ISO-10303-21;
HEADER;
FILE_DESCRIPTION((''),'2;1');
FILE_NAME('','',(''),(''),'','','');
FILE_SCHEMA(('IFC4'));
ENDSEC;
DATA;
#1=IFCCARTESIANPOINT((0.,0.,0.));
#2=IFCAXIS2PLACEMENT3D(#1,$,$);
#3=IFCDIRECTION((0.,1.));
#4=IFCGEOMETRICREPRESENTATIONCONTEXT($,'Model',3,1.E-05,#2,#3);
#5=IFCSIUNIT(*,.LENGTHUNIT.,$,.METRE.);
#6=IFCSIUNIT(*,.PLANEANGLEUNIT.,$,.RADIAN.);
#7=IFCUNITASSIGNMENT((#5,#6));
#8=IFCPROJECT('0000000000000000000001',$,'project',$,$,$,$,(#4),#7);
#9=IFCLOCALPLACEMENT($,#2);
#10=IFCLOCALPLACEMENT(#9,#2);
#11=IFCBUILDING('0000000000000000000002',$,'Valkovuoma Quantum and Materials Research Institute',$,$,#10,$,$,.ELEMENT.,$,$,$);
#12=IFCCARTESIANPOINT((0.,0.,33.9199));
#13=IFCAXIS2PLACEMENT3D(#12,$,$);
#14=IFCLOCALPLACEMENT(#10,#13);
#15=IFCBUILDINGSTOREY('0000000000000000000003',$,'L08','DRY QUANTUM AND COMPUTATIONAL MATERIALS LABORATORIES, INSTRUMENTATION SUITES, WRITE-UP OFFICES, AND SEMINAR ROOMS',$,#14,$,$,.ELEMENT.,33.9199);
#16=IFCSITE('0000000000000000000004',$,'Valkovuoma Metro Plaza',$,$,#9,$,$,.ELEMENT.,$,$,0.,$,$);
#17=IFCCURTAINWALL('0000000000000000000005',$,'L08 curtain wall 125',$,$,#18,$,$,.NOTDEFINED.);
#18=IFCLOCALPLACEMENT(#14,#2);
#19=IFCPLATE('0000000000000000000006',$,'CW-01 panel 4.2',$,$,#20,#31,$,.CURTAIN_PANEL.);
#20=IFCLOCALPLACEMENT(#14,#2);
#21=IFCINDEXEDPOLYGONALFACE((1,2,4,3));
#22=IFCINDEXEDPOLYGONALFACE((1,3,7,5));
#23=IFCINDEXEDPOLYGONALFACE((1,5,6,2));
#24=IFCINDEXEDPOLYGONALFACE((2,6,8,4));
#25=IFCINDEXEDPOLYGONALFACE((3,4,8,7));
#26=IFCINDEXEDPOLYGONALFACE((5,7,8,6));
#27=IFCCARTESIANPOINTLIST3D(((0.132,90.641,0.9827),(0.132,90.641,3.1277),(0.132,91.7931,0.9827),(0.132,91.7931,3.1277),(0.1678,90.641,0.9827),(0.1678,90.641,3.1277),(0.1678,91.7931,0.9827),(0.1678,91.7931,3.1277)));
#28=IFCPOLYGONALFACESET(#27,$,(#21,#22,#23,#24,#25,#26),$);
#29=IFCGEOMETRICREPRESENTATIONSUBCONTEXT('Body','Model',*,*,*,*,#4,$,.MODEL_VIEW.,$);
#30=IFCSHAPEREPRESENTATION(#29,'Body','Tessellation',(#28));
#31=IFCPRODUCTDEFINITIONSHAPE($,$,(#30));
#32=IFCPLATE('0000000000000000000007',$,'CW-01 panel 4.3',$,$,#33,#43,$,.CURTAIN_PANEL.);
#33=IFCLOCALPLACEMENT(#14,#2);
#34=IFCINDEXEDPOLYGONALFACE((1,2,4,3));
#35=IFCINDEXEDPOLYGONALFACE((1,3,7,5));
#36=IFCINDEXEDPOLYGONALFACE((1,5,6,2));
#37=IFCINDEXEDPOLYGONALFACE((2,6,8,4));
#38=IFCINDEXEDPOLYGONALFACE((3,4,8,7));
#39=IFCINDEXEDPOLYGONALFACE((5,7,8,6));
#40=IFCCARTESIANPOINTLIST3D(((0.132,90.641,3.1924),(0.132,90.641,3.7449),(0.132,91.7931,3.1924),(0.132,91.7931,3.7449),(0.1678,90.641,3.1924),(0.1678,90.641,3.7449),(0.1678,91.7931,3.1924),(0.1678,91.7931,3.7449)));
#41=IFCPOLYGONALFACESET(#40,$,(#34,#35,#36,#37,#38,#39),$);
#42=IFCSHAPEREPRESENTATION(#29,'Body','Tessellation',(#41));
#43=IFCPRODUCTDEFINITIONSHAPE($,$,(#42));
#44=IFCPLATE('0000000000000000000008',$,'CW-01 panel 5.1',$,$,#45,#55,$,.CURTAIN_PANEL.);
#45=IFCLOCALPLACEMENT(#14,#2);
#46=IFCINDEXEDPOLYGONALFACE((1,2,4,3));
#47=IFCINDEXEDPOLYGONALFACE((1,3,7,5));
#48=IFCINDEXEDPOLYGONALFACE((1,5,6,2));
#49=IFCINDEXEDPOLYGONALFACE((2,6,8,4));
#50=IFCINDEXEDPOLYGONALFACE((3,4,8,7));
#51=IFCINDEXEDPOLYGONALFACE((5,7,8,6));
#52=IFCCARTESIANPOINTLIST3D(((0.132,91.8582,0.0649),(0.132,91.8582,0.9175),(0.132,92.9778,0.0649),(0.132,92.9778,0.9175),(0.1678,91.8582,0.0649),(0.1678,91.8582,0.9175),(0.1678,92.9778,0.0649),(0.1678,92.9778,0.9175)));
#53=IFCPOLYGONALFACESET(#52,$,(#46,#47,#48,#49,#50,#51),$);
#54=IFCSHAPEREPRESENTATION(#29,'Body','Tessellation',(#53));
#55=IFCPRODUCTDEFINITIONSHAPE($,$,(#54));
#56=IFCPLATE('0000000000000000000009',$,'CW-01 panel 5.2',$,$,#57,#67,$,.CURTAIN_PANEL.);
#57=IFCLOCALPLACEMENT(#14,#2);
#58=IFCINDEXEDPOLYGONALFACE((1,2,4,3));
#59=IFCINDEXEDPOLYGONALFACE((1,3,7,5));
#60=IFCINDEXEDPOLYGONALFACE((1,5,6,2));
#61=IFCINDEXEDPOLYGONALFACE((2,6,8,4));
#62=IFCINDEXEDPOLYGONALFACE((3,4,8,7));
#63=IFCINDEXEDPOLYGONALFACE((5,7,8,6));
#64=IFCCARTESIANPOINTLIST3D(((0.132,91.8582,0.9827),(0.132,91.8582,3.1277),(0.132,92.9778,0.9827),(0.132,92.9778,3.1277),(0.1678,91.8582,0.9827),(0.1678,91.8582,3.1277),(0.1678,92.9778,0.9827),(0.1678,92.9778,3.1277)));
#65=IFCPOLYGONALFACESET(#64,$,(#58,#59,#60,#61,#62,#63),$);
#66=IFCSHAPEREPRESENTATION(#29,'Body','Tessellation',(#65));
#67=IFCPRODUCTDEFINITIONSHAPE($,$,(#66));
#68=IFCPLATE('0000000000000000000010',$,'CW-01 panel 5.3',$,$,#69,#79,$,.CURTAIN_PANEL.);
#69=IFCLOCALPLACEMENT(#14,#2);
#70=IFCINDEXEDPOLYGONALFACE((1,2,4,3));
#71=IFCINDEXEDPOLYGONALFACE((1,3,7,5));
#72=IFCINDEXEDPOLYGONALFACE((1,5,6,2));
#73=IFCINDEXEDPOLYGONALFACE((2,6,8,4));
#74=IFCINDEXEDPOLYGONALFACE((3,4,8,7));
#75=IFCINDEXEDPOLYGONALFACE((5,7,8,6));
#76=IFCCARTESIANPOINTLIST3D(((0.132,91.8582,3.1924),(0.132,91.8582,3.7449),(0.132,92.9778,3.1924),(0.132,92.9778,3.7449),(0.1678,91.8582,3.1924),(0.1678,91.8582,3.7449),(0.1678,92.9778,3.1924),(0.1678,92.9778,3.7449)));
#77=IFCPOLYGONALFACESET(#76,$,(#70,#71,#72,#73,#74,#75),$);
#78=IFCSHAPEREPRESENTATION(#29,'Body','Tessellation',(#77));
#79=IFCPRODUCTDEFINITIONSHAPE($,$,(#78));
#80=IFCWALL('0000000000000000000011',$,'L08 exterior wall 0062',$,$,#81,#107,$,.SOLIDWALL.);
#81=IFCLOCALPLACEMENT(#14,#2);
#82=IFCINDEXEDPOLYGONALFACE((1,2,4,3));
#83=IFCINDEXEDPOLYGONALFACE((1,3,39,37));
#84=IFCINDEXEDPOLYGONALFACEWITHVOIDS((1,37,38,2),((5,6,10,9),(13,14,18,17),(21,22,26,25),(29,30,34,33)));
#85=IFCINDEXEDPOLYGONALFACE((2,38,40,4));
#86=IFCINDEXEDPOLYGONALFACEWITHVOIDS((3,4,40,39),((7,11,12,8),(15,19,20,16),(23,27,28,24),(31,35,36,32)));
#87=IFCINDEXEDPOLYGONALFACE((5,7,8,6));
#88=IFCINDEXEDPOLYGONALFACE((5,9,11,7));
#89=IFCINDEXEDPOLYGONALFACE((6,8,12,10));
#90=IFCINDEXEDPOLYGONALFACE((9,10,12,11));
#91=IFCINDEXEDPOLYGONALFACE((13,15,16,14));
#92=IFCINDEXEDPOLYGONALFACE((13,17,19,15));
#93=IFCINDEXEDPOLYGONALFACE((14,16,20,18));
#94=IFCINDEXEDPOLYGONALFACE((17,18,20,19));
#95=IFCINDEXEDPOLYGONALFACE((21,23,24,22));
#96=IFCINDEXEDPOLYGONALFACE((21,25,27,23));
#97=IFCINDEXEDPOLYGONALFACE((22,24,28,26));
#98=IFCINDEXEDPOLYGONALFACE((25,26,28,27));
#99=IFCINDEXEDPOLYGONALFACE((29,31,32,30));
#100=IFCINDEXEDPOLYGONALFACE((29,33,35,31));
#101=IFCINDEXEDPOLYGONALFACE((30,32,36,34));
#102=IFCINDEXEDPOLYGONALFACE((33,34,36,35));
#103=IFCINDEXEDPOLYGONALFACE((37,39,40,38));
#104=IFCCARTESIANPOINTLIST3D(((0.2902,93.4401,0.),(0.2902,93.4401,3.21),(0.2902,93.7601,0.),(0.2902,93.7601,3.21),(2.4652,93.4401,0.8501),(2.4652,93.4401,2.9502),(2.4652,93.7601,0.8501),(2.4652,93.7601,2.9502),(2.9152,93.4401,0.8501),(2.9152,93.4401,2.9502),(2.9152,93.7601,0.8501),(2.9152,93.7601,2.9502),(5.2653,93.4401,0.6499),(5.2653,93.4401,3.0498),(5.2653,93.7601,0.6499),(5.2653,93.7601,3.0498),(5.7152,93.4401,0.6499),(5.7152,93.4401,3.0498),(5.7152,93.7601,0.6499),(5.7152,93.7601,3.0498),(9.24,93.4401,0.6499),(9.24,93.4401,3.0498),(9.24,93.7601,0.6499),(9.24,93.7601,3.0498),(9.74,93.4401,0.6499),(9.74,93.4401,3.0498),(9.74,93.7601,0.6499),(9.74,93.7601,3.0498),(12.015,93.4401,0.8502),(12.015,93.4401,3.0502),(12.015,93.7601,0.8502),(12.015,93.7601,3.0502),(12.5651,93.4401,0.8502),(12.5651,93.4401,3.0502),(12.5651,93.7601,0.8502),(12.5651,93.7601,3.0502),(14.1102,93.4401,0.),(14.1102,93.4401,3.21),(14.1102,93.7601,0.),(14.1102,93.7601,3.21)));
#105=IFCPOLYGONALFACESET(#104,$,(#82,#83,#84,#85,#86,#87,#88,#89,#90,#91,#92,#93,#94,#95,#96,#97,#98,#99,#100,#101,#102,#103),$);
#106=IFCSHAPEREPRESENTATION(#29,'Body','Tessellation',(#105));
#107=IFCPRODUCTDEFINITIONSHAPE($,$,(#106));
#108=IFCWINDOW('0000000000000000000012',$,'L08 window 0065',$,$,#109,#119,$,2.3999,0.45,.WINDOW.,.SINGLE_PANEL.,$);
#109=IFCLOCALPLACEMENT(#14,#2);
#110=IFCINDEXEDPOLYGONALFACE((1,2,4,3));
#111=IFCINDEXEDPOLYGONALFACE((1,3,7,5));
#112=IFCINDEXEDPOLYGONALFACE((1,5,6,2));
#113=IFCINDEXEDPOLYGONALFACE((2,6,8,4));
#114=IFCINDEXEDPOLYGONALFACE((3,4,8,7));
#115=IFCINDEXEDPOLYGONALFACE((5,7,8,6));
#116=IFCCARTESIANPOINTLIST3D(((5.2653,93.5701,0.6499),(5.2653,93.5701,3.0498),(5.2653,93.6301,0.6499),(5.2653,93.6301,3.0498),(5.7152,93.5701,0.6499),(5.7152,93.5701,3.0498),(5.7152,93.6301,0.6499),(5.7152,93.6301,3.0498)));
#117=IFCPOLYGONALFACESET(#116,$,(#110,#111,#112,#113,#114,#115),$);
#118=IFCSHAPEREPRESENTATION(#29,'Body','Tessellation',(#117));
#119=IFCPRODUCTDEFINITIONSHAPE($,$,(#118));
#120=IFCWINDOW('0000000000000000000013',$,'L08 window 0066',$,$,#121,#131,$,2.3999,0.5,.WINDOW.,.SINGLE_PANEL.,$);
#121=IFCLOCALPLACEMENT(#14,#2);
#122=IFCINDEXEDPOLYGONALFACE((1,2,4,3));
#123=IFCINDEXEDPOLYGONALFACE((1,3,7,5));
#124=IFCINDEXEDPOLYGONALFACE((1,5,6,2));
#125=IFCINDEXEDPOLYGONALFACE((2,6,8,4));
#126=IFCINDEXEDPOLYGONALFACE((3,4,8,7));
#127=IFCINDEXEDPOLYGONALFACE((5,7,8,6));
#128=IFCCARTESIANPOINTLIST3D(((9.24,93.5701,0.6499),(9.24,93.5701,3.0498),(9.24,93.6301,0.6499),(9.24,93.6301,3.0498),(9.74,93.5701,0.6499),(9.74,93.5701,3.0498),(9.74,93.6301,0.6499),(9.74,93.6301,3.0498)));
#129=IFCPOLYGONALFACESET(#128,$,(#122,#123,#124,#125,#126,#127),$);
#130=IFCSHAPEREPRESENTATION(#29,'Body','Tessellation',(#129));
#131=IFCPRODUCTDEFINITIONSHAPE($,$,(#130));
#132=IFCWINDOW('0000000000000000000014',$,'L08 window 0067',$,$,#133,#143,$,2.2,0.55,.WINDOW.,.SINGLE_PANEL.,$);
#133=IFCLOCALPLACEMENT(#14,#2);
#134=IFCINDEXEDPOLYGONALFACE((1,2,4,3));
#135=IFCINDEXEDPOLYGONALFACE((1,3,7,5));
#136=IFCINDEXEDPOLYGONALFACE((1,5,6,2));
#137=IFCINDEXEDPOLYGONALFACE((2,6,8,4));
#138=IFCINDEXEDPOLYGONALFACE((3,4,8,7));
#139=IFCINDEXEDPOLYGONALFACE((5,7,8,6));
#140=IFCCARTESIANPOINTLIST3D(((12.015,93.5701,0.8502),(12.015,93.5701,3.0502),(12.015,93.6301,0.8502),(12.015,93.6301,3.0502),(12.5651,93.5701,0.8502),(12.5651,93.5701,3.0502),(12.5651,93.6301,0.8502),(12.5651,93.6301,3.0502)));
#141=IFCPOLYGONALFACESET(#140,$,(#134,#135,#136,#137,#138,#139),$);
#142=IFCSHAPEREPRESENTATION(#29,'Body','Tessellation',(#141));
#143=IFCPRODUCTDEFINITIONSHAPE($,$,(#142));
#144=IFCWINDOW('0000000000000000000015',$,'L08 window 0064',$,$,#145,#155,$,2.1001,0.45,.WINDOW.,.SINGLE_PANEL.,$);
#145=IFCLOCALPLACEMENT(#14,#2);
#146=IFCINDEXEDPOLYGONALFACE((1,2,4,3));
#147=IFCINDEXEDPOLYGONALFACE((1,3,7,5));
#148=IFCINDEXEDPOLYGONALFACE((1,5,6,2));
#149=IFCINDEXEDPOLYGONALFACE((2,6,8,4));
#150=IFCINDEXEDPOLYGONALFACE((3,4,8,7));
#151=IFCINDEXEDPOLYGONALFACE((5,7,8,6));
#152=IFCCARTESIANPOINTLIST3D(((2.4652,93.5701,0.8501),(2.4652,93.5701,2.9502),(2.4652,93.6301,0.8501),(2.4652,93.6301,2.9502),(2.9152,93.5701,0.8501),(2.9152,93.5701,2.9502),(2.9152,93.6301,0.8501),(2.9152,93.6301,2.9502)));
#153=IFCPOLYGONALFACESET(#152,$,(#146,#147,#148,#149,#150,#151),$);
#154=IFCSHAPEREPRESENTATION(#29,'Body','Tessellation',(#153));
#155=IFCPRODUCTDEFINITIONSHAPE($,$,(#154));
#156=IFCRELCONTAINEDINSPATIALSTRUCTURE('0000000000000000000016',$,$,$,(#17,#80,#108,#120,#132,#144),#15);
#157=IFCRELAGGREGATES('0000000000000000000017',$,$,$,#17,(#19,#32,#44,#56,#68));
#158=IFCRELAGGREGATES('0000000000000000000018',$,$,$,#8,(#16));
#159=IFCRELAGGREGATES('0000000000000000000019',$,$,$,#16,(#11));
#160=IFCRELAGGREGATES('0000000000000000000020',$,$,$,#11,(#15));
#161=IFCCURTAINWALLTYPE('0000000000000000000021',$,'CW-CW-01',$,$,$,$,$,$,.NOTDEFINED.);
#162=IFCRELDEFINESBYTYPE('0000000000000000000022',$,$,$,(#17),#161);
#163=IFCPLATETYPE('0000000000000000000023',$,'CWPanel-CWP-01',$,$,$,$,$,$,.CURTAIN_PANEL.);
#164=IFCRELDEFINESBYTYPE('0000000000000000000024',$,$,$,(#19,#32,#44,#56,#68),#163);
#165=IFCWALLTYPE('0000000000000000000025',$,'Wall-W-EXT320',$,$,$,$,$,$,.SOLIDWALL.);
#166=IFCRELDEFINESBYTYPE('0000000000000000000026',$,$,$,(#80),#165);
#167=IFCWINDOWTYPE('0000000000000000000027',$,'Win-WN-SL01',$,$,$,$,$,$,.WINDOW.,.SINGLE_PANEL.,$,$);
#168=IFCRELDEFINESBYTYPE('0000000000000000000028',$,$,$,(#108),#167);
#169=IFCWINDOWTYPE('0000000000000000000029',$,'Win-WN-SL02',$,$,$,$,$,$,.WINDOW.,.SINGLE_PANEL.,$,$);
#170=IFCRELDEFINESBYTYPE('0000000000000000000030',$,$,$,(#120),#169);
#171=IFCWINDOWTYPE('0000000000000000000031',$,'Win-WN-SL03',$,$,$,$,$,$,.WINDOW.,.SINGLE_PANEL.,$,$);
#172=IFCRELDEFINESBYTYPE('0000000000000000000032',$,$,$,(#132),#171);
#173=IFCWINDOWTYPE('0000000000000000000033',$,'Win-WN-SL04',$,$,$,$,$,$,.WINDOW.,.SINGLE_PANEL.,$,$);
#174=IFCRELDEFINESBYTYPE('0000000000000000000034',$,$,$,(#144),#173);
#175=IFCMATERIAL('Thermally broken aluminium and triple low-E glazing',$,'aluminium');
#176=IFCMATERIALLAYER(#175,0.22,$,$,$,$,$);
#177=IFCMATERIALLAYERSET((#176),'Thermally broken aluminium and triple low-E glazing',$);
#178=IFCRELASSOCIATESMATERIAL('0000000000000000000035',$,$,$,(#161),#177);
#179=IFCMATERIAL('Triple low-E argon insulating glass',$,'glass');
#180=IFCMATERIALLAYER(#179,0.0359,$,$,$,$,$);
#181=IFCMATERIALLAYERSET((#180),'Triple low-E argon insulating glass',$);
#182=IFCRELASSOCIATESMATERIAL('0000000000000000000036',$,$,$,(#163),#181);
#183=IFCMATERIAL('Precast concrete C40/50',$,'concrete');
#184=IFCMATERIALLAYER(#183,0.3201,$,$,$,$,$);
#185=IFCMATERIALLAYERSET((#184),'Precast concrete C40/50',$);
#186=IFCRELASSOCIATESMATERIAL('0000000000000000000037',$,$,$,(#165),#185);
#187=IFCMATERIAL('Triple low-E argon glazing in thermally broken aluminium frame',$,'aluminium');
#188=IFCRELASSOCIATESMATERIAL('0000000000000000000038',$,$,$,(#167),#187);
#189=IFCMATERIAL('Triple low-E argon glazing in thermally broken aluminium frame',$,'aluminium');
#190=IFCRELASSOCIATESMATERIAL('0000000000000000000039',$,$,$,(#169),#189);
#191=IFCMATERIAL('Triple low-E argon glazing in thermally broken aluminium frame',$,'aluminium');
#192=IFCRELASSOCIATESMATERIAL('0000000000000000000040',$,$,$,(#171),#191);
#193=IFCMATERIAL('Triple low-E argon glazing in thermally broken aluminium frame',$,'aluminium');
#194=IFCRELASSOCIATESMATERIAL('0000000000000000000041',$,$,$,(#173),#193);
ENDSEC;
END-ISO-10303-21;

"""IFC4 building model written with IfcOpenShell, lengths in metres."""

from ifc_helpers import new_model, si_unit, direction, frame, frame_2d, origin, origin_2d, place, context, subcontext, project, spatial, rectangle, extrude, material, layer, layer_set, type_object, element, fill, aggregate, save


model = new_model("IFC4")

# Units and contexts
model_context = context("Model", 3, precision=1e-05, world=origin(), true_north=direction((0.0, 1.0)))
body_context = subcontext(model_context, "Body", "Model", "MODEL_VIEW")
ifc_project = project(units=[si_unit("LENGTHUNIT", "METRE"), si_unit("PLANEANGLEUNIT", "RADIAN")], contexts=[model_context])

# Site, building, storey
site_placement = place(None, origin())
site = spatial("IfcSite", under=ifc_project, at=site_placement, Name="Valkovuoma Metro Plaza", CompositionType="ELEMENT", RefElevation=0.0)
building_placement = place(site_placement, origin())
building = spatial("IfcBuilding", under=site, at=building_placement, Name="Valkovuoma Quantum and Materials Research Institute", CompositionType="ELEMENT")
storey_placement = place(building_placement, frame((0.0, 0.0, 33.9199)))
storey = spatial("IfcBuildingStorey", under=building, at=storey_placement, Name="L08", Description="DRY QUANTUM AND COMPUTATIONAL MATERIALS LABORATORIES, INSTRUMENTATION SUITES, WRITE-UP OFFICES, AND SEMINAR ROOMS", CompositionType="ELEMENT", Elevation=33.9199)

# Curtain wall, plates
ifc_material_1 = material(Name="Thermally broken aluminium and triple low-E glazing", Category="aluminium")
ifc_layer_1 = layer(ifc_material_1, 0.22)
ifc_layer_set_1 = layer_set([ifc_layer_1], Name="Thermally broken aluminium and triple low-E glazing")
curtain_wall_type = type_object("IfcCurtainWallType", Name="CW-CW-01", PredefinedType="NOTDEFINED", material=ifc_layer_set_1)
curtain_wall_placement = place(storey_placement, origin())
curtain_wall = element("IfcCurtainWall", 1, at=curtain_wall_placement, inside=storey, type_object=curtain_wall_type, Name="L08 curtain wall 125", PredefinedType="NOTDEFINED")
ifc_material_2 = material(Name="Triple low-E argon insulating glass", Category="glass")
ifc_layer_2 = layer(ifc_material_2, 0.0359)
ifc_layer_set_2 = layer_set([ifc_layer_2], Name="Triple low-E argon insulating glass")
plate_type = type_object("IfcPlateType", Name="CWPanel-CWP-01", PredefinedType="CURTAIN_PANEL", material=ifc_layer_set_2)
plate_1_placement = place(storey_placement, frame((0.1499, 91.217, 0.9827), z_axis=(0.0, 0.0, 1.0), x_axis=(0.0, 1.0, 0.0)))
plate_1 = element("IfcPlate", 2, at=plate_1_placement, type_object=plate_type, Name="CW-01 panel 4.2", PredefinedType="CURTAIN_PANEL", context=body_context, shape_type="SweptSolid", body=[
    extrude(rectangle(XDim=1.1521, YDim=0.0359, at=origin_2d()), origin(), (0.0, 0.0, 1.0), 2.145),
])
plate_2_placement = place(storey_placement, frame((0.1499, 91.217, 3.1924), z_axis=(0.0, 0.0, 1.0), x_axis=(0.0, 1.0, 0.0)))
plate_2 = element("IfcPlate", 3, at=plate_2_placement, type_object=plate_type, Name="CW-01 panel 4.3", PredefinedType="CURTAIN_PANEL", context=body_context, shape_type="SweptSolid", body=[
    extrude(rectangle(XDim=1.1521, YDim=0.0359, at=origin_2d()), origin(), (0.0, 0.0, 1.0), 0.5525),
])
plate_3_placement = place(storey_placement, frame((0.1499, 92.418, 0.0649), z_axis=(0.0, 0.0, 1.0), x_axis=(0.0, 1.0, 0.0)))
plate_3 = element("IfcPlate", 4, at=plate_3_placement, type_object=plate_type, Name="CW-01 panel 5.1", PredefinedType="CURTAIN_PANEL", context=body_context, shape_type="SweptSolid", body=[
    extrude(rectangle(XDim=1.1196, YDim=0.0359, at=origin_2d()), origin(), (0.0, 0.0, 1.0), 0.8525),
])
plate_4_placement = place(storey_placement, frame((0.1499, 92.418, 0.9827), z_axis=(0.0, 0.0, 1.0), x_axis=(0.0, 1.0, 0.0)))
plate_4 = element("IfcPlate", 5, at=plate_4_placement, type_object=plate_type, Name="CW-01 panel 5.2", PredefinedType="CURTAIN_PANEL", context=body_context, shape_type="SweptSolid", body=[
    extrude(rectangle(XDim=1.1196, YDim=0.0359, at=origin_2d()), origin(), (0.0, 0.0, 1.0), 2.145),
])
plate_5_placement = place(storey_placement, frame((0.1499, 92.418, 3.1924), z_axis=(0.0, 0.0, 1.0), x_axis=(0.0, 1.0, 0.0)))
plate_5 = element("IfcPlate", 6, at=plate_5_placement, type_object=plate_type, Name="CW-01 panel 5.3", PredefinedType="CURTAIN_PANEL", context=body_context, shape_type="SweptSolid", body=[
    extrude(rectangle(XDim=1.1196, YDim=0.0359, at=origin_2d()), origin(), (0.0, 0.0, 1.0), 0.5525),
])
aggregate(curtain_wall, [plate_1, plate_2, plate_3, plate_4, plate_5])

# Wall, openings, windows
ifc_material_3 = material(Name="Precast concrete C40/50", Category="concrete")
ifc_layer_3 = layer(ifc_material_3, 0.3201)
ifc_layer_set_3 = layer_set([ifc_layer_3], Name="Precast concrete C40/50")
wall_type = type_object("IfcWallType", Name="Wall-W-EXT320", PredefinedType="SOLIDWALL", material=ifc_layer_set_3)
wall_placement = place(storey_placement, frame((0.29, 93.6001, 0.0), z_axis=(0.0, 0.0, 1.0), x_axis=(1.0, 0.0, 0.0)))
wall = element("IfcWall", 7, at=wall_placement, inside=storey, type_object=wall_type, Name="L08 exterior wall 0062", PredefinedType="SOLIDWALL", context=body_context, shape_type="SweptSolid", body=[
    extrude(rectangle(XDim=13.8201, YDim=0.3201, at=frame_2d((6.9102, 0.0))), origin(), (0.0, 0.0, 1.0), 3.21),
])
opening_1_placement = place(wall_placement, frame((2.175, 0.0, 0.8501)))
opening_1 = element("IfcOpeningElement", 8, at=opening_1_placement, cuts=wall, PredefinedType="OPENING", context=body_context, shape_type="SweptSolid", body=[
    extrude(rectangle(XDim=0.45, YDim=2.1001, at=frame_2d((0.2251, 1.05))), frame((0.0, 0.1699, 0.0), z_axis=(0.0, -1.0, 0.0), x_axis=(1.0, 0.0, 0.0)), (0.0, 0.0, 1.0), 0.3401),
])
opening_2_placement = place(wall_placement, frame((4.9751, 0.0, 0.6499)))
opening_2 = element("IfcOpeningElement", 9, at=opening_2_placement, cuts=wall, PredefinedType="OPENING", context=body_context, shape_type="SweptSolid", body=[
    extrude(rectangle(XDim=0.45, YDim=2.3999, at=frame_2d((0.2251, 1.2))), frame((0.0, 0.1699, 0.0), z_axis=(0.0, -1.0, 0.0), x_axis=(1.0, 0.0, 0.0)), (0.0, 0.0, 1.0), 0.3401),
])
opening_3_placement = place(wall_placement, frame((8.95, 0.0, 0.6499)))
opening_3 = element("IfcOpeningElement", 10, at=opening_3_placement, cuts=wall, PredefinedType="OPENING", context=body_context, shape_type="SweptSolid", body=[
    extrude(rectangle(XDim=0.5, YDim=2.3999, at=frame_2d((0.25, 1.2))), frame((0.0, 0.1699, 0.0), z_axis=(0.0, -1.0, 0.0), x_axis=(1.0, 0.0, 0.0)), (0.0, 0.0, 1.0), 0.3401),
])
opening_4_placement = place(wall_placement, frame((11.7251, 0.0, 0.8501)))
opening_4 = element("IfcOpeningElement", 11, at=opening_4_placement, cuts=wall, PredefinedType="OPENING", context=body_context, shape_type="SweptSolid", body=[
    extrude(rectangle(XDim=0.55, YDim=2.2, at=frame_2d((0.2749, 1.1001))), frame((0.0, 0.1699, 0.0), z_axis=(0.0, -1.0, 0.0), x_axis=(1.0, 0.0, 0.0)), (0.0, 0.0, 1.0), 0.3401),
])
ifc_material_4 = material(Name="Triple low-E argon glazing in thermally broken aluminium frame", Category="aluminium")
window_type_1 = type_object("IfcWindowType", Name="Win-WN-SL01", PartitioningType="SINGLE_PANEL", PredefinedType="WINDOW", material=ifc_material_4)
window_1_placement = place(opening_2_placement, origin())
window_1 = element("IfcWindow", 12, at=window_1_placement, inside=storey, type_object=window_type_1, Name="L08 window 0065", OverallHeight=2.3999, OverallWidth=0.45, PartitioningType="SINGLE_PANEL", PredefinedType="WINDOW", context=body_context, shape_type="SweptSolid", body=[
    extrude(rectangle(XDim=0.45, YDim=2.3999, at=frame_2d((0.2251, 1.2))), frame((0.0, 0.03, 0.0), z_axis=(0.0, -1.0, 0.0), x_axis=(1.0, 0.0, 0.0)), (0.0, 0.0, 1.0), 0.0601),
])
fill(opening_2, window_1)
ifc_material_5 = material(Name="Triple low-E argon glazing in thermally broken aluminium frame", Category="aluminium")
window_type_2 = type_object("IfcWindowType", Name="Win-WN-SL02", PartitioningType="SINGLE_PANEL", PredefinedType="WINDOW", material=ifc_material_5)
window_2_placement = place(opening_3_placement, origin())
window_2 = element("IfcWindow", 13, at=window_2_placement, inside=storey, type_object=window_type_2, Name="L08 window 0066", OverallHeight=2.3999, OverallWidth=0.5, PartitioningType="SINGLE_PANEL", PredefinedType="WINDOW", context=body_context, shape_type="SweptSolid", body=[
    extrude(rectangle(XDim=0.5, YDim=2.3999, at=frame_2d((0.25, 1.2))), frame((0.0, 0.03, 0.0), z_axis=(0.0, -1.0, 0.0), x_axis=(1.0, 0.0, 0.0)), (0.0, 0.0, 1.0), 0.0601),
])
fill(opening_3, window_2)
ifc_material_6 = material(Name="Triple low-E argon glazing in thermally broken aluminium frame", Category="aluminium")
window_type_3 = type_object("IfcWindowType", Name="Win-WN-SL03", PartitioningType="SINGLE_PANEL", PredefinedType="WINDOW", material=ifc_material_6)
window_3_placement = place(opening_4_placement, origin())
window_3 = element("IfcWindow", 14, at=window_3_placement, inside=storey, type_object=window_type_3, Name="L08 window 0067", OverallHeight=2.2, OverallWidth=0.55, PartitioningType="SINGLE_PANEL", PredefinedType="WINDOW", context=body_context, shape_type="SweptSolid", body=[
    extrude(rectangle(XDim=0.55, YDim=2.2, at=frame_2d((0.2749, 1.1001))), frame((0.0, 0.03, 0.0), z_axis=(0.0, -1.0, 0.0), x_axis=(1.0, 0.0, 0.0)), (0.0, 0.0, 1.0), 0.0601),
])
fill(opening_4, window_3)
ifc_material_7 = material(Name="Triple low-E argon glazing in thermally broken aluminium frame", Category="aluminium")
window_type_4 = type_object("IfcWindowType", Name="Win-WN-SL04", PartitioningType="SINGLE_PANEL", PredefinedType="WINDOW", material=ifc_material_7)
window_4_placement = place(opening_1_placement, origin())
window_4 = element("IfcWindow", 15, at=window_4_placement, inside=storey, type_object=window_type_4, Name="L08 window 0064", OverallHeight=2.1001, OverallWidth=0.45, PartitioningType="SINGLE_PANEL", PredefinedType="WINDOW", context=body_context, shape_type="SweptSolid", body=[
    extrude(rectangle(XDim=0.45, YDim=2.1001, at=frame_2d((0.2251, 1.05))), frame((0.0, 0.03, 0.0), z_axis=(0.0, -1.0, 0.0), x_axis=(1.0, 0.0, 0.0)), (0.0, 0.0, 1.0), 0.0601),
])
fill(opening_1, window_4)

save(model, "model.ifc")
